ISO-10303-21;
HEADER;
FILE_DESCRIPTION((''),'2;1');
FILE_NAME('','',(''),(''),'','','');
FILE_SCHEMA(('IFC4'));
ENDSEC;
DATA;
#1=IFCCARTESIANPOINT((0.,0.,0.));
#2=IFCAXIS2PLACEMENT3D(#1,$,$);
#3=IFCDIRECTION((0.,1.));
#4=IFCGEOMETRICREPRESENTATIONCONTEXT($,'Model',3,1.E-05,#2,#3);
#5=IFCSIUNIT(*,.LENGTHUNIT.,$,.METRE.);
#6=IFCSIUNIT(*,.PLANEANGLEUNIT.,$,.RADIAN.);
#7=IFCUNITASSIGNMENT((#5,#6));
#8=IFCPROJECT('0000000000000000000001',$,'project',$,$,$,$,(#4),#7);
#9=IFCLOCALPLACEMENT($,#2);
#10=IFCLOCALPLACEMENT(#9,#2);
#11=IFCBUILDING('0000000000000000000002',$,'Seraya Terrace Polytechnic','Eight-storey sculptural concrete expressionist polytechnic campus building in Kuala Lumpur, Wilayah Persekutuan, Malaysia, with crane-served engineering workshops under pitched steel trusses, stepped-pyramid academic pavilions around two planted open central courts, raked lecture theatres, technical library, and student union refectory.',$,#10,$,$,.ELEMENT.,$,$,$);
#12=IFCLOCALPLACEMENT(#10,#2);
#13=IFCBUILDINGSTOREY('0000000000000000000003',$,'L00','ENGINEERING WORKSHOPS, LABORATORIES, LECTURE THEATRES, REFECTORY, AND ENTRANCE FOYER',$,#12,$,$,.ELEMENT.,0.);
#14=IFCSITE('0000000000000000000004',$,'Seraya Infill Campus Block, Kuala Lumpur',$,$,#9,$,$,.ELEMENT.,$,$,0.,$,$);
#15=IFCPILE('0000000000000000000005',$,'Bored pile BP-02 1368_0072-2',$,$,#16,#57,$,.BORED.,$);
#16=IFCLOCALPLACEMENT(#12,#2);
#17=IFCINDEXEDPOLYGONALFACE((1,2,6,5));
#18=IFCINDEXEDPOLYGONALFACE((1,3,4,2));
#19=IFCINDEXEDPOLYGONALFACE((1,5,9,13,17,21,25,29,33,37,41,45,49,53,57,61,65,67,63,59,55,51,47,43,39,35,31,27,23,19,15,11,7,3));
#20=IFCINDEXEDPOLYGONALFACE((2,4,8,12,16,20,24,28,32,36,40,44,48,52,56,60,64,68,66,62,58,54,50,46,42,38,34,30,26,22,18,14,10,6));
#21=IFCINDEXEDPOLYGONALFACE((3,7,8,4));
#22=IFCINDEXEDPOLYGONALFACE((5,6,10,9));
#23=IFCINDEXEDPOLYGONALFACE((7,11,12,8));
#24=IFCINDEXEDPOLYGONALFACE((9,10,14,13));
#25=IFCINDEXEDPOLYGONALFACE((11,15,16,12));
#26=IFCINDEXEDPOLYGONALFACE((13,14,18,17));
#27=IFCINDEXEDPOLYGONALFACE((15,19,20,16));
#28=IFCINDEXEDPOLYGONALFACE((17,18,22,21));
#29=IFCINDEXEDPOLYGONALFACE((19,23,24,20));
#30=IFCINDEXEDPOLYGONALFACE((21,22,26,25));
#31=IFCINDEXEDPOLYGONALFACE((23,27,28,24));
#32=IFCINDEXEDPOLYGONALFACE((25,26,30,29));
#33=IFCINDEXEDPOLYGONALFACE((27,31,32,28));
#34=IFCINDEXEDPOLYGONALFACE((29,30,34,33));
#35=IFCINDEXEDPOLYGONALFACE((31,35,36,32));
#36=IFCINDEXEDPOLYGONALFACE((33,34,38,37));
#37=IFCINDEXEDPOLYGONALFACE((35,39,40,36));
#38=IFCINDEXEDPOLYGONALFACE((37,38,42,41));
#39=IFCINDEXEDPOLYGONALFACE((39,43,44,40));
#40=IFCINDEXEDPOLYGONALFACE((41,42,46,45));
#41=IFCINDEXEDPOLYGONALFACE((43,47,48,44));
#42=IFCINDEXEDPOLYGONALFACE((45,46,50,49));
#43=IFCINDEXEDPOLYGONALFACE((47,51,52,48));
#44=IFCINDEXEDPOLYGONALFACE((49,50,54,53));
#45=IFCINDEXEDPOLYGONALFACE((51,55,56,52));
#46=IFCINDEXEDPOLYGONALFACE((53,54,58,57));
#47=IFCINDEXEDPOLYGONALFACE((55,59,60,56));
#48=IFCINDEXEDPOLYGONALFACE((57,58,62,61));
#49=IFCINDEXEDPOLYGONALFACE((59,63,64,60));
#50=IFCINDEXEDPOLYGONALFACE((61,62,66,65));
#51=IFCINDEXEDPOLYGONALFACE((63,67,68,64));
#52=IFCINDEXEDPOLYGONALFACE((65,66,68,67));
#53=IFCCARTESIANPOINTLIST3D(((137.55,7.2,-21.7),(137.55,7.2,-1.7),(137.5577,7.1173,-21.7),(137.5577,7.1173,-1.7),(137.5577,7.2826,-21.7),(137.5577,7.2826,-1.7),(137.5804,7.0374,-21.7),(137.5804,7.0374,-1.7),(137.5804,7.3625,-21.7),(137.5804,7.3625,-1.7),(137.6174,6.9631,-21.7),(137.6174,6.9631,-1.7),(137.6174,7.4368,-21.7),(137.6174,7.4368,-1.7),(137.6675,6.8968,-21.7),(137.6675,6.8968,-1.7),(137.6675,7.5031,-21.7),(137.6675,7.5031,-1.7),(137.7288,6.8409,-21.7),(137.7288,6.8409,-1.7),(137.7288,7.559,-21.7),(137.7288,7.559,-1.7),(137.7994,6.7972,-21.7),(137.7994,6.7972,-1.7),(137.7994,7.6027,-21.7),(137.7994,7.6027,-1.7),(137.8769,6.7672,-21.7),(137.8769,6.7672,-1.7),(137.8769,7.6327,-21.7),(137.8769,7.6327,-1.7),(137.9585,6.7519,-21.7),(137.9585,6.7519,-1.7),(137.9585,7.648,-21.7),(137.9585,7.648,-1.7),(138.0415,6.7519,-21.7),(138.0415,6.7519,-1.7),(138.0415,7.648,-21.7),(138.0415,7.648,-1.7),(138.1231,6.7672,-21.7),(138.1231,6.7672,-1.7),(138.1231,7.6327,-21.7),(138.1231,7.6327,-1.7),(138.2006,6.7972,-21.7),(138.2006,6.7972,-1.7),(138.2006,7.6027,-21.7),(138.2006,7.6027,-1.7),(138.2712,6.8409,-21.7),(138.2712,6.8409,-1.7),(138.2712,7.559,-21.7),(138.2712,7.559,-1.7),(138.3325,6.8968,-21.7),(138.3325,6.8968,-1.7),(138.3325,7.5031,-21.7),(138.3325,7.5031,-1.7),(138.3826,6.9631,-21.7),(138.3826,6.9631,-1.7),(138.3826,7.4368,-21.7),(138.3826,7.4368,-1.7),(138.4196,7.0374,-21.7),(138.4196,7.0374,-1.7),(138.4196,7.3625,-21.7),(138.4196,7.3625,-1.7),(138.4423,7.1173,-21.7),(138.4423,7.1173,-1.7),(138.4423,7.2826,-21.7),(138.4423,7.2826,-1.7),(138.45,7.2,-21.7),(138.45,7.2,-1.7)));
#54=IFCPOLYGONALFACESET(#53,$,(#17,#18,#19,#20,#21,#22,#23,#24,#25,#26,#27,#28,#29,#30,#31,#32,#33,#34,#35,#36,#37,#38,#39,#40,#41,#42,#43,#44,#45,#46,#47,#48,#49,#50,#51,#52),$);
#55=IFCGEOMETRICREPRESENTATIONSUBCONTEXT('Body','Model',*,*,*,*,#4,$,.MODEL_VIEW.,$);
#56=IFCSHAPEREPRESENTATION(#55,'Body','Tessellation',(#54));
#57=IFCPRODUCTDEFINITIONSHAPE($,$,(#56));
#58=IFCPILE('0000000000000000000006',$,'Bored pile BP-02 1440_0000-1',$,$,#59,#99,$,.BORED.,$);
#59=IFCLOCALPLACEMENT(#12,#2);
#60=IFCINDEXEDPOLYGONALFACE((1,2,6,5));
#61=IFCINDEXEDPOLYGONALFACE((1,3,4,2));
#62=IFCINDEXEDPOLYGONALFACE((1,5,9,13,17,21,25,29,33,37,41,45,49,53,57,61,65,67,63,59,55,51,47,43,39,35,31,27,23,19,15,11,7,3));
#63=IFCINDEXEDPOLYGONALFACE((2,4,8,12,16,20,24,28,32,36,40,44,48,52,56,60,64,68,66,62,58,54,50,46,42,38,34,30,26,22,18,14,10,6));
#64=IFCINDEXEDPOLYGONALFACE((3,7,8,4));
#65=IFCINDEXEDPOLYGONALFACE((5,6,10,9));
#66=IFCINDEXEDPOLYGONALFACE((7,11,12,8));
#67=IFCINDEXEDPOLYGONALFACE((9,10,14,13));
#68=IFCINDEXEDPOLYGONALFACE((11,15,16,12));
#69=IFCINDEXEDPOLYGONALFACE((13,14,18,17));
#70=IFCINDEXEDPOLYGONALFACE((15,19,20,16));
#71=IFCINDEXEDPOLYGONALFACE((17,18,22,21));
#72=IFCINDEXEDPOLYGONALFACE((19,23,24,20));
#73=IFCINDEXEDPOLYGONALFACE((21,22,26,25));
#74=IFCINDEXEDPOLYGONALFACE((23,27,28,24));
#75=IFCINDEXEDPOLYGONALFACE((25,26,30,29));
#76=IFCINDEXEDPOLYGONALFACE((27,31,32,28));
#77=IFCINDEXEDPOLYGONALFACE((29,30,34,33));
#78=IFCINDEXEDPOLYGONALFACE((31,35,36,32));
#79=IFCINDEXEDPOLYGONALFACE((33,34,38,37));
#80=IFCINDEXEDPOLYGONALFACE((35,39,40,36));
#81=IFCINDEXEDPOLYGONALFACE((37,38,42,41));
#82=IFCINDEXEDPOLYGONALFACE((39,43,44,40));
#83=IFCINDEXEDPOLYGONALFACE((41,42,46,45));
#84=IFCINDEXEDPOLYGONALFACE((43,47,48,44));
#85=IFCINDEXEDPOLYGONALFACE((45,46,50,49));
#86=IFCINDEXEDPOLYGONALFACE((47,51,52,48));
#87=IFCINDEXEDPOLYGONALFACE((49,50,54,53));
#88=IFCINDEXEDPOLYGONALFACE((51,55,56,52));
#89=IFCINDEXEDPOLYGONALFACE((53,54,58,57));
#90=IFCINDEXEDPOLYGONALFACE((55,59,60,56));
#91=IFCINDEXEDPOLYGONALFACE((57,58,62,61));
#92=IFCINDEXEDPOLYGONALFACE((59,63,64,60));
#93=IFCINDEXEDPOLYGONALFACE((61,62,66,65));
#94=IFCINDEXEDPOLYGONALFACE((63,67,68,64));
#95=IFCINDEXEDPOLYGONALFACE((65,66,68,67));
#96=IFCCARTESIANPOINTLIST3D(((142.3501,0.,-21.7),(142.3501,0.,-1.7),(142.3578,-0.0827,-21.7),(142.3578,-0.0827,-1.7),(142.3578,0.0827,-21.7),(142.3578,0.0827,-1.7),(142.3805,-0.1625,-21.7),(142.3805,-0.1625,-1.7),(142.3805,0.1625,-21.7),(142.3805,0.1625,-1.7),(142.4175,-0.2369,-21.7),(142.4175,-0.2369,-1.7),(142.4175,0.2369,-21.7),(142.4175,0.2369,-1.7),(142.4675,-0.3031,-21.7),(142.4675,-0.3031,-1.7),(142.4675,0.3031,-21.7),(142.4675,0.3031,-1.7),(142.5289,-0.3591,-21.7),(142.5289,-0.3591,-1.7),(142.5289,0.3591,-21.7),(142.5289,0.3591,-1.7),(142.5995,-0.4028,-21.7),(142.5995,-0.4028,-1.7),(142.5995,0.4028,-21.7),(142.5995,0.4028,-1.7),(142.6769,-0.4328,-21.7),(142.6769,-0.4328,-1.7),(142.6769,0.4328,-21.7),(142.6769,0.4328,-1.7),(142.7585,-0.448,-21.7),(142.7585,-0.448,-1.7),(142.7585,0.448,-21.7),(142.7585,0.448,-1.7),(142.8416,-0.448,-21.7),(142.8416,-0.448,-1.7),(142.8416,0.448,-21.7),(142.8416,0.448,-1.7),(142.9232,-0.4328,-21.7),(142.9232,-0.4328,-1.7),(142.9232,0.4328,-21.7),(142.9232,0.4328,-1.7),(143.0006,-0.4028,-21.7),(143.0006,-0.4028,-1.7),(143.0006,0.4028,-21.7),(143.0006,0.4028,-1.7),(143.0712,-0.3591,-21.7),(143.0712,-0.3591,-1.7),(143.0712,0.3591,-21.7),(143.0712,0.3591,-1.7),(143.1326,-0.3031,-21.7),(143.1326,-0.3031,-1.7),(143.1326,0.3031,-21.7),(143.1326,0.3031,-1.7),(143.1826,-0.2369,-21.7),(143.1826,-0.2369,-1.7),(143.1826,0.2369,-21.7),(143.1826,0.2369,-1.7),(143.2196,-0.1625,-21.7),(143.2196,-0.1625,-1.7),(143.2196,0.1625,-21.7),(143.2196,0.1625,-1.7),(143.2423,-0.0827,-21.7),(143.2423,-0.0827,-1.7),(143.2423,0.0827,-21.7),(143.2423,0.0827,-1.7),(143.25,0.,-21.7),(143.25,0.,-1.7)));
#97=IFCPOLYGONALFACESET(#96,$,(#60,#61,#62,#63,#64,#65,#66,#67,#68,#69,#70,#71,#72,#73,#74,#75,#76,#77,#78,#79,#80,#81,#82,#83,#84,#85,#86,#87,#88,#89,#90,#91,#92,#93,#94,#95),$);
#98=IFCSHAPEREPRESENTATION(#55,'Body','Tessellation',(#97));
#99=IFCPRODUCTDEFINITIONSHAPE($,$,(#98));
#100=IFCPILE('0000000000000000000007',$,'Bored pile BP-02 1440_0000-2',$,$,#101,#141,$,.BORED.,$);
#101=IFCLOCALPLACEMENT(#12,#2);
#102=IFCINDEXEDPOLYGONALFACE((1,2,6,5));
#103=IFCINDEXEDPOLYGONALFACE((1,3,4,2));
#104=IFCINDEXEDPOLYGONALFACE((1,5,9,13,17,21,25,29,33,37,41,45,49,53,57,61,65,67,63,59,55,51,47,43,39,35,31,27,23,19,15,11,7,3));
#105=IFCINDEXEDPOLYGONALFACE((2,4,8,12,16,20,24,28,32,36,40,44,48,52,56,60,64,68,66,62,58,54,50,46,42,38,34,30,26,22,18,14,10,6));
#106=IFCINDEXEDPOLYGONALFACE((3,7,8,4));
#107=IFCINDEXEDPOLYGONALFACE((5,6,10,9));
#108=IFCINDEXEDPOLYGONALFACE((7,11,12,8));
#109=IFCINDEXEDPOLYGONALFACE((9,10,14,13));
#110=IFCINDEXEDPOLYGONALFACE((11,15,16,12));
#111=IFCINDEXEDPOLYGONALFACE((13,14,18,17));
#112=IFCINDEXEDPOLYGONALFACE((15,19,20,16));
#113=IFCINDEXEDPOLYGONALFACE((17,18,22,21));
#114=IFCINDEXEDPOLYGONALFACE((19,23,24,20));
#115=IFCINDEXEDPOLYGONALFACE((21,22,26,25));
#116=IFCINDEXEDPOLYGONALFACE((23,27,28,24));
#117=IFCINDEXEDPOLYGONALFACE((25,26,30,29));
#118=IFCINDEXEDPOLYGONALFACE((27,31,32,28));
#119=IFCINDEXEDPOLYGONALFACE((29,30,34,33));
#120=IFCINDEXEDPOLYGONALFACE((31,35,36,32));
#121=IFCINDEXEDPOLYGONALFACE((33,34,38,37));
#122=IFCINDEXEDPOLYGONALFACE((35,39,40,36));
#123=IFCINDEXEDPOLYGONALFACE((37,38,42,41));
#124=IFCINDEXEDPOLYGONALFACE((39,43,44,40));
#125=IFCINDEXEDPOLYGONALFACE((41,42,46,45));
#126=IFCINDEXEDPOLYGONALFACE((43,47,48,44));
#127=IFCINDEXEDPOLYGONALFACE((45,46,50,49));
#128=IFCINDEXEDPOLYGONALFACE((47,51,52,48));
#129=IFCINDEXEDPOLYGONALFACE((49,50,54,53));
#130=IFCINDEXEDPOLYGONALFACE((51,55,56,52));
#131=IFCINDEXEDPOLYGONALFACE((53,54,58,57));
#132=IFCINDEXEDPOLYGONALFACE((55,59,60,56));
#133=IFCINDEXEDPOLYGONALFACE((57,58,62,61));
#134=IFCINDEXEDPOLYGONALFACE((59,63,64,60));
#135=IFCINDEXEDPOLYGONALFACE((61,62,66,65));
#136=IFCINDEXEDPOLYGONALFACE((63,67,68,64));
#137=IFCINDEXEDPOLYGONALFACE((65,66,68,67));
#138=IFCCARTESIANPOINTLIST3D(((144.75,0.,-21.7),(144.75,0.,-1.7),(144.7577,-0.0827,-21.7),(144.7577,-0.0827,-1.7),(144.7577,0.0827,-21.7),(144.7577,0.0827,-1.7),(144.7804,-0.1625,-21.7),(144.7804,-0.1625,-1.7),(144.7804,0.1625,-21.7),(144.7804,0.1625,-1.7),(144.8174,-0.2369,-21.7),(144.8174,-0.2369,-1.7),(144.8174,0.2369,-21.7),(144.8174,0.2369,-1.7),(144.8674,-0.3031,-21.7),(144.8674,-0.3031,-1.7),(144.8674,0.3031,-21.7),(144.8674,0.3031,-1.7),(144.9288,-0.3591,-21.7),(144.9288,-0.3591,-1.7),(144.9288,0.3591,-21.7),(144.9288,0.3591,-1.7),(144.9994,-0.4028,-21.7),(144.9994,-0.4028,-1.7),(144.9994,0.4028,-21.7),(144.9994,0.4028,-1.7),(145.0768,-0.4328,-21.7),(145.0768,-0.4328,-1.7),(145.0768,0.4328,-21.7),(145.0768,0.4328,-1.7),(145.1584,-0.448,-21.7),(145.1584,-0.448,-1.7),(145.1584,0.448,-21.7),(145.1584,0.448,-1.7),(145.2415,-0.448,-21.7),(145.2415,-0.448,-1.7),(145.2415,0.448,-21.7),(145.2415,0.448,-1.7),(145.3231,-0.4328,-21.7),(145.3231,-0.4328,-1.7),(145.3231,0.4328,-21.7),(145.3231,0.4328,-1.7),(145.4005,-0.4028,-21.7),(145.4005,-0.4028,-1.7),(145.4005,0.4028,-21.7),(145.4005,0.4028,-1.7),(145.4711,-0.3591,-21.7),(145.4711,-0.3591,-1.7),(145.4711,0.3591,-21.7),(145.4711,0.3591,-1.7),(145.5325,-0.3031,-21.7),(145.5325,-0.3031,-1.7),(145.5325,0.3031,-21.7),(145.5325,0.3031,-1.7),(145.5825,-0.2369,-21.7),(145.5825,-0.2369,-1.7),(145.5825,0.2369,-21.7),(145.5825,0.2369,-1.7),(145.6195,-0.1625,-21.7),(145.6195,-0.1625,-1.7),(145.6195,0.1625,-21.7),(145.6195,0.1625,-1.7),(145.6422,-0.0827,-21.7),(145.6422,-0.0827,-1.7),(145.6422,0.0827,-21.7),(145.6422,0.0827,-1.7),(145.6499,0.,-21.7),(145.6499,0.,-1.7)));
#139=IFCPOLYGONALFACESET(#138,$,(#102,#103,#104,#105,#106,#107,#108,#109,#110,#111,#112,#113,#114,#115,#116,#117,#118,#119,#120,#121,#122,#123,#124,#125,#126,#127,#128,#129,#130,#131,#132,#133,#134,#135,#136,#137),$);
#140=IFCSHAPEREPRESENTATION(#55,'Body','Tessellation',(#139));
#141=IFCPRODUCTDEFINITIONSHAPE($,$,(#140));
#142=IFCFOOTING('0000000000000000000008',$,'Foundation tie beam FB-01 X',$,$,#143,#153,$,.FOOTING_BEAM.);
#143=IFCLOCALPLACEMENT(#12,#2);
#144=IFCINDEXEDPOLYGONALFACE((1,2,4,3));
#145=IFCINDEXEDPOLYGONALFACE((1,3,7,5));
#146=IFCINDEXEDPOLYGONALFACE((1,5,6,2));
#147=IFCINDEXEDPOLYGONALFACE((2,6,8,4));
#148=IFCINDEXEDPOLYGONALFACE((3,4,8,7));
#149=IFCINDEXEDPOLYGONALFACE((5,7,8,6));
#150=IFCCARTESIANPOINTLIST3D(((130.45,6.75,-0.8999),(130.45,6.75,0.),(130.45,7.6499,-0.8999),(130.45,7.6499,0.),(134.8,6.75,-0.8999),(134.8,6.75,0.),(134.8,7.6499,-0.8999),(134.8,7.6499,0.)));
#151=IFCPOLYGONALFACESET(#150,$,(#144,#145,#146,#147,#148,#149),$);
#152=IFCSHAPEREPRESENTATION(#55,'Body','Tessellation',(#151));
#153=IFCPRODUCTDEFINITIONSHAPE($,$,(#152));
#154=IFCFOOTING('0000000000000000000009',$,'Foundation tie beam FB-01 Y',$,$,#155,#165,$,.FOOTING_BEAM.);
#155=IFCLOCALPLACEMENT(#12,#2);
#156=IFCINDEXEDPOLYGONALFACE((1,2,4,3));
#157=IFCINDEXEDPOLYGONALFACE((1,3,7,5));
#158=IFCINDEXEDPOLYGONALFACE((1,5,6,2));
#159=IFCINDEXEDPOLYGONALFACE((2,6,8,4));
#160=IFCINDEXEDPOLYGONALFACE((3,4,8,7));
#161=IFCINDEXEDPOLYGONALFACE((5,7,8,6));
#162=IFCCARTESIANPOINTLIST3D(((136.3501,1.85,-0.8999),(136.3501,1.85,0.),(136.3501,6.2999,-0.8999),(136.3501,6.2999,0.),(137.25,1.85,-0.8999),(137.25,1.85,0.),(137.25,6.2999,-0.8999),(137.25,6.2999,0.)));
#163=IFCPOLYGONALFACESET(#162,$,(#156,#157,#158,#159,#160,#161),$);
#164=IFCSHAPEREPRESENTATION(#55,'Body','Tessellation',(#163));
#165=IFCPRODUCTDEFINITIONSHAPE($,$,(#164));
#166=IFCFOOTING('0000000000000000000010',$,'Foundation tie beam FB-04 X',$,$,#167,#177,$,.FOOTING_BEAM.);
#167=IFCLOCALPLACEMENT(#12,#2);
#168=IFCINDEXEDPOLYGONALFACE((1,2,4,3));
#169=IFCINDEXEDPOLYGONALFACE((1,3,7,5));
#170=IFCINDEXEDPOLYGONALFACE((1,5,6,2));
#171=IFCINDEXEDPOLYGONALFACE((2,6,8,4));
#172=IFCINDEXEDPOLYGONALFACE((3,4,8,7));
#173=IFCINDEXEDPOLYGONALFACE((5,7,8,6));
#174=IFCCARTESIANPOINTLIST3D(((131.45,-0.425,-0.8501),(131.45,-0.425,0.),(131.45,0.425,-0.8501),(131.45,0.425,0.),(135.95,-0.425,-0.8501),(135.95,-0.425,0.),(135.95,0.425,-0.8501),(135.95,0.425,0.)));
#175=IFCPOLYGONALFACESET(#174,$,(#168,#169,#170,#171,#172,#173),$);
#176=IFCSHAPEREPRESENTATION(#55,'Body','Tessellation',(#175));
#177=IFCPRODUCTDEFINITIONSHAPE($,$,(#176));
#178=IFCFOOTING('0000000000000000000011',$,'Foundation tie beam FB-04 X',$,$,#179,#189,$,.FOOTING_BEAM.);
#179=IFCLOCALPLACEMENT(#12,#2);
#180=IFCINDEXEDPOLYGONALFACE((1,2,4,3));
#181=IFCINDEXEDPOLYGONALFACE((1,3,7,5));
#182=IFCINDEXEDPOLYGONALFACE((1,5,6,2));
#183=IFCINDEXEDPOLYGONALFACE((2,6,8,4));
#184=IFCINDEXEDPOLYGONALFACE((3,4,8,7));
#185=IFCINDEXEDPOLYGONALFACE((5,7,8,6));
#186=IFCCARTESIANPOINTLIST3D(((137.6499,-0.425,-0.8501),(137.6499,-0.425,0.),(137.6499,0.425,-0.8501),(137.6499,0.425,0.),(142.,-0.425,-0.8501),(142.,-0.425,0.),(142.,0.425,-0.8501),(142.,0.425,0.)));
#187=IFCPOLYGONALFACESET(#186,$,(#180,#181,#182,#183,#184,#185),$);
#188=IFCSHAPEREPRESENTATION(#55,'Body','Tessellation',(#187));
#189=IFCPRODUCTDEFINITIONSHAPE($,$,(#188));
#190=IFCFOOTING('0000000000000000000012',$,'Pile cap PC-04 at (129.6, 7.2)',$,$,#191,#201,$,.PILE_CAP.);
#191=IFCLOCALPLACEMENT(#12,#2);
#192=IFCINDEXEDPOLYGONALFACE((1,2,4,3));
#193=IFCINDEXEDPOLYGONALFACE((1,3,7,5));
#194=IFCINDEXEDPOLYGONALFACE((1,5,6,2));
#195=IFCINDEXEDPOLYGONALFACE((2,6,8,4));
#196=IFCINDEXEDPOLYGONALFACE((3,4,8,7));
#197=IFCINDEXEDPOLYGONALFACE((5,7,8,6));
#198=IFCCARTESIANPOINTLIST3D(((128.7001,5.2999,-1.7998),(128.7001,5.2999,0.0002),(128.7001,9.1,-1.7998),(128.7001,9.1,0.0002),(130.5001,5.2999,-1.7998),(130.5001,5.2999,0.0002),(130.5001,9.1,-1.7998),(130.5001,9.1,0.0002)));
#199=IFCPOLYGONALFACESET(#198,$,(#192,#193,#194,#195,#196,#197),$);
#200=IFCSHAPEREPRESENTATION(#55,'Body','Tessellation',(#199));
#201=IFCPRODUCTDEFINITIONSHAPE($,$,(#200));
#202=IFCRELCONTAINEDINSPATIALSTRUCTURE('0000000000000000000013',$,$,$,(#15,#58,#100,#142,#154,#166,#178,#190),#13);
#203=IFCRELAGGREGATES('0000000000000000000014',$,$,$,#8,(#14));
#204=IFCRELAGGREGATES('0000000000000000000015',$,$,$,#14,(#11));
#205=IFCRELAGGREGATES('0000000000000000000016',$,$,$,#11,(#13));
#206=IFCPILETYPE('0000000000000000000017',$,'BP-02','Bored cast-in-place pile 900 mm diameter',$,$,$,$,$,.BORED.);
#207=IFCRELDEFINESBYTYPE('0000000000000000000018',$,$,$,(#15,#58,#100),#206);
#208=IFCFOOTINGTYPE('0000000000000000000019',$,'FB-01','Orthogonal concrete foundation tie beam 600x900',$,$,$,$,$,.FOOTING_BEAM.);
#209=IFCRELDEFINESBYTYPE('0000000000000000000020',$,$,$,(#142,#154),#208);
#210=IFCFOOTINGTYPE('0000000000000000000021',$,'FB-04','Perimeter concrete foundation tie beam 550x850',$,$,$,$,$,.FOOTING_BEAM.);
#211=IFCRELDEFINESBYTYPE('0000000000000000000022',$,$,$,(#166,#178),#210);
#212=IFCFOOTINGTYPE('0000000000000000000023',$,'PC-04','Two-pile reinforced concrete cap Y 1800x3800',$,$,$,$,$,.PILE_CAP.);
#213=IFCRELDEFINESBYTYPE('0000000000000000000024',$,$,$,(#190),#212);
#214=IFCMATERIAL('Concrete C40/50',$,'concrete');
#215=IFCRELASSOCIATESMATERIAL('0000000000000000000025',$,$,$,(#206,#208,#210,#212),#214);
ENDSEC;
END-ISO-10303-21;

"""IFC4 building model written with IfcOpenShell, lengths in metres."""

from ifc_helpers import new_model, si_unit, direction, frame, origin, origin_2d, place, context, subcontext, project, spatial, rectangle, circle, extrude, material, material_profile, profile_set, type_object, element, save


model = new_model("IFC4")

# Units and contexts
model_context = context("Model", 3, precision=1e-05, world=origin(), true_north=direction((0.0, 1.0)))
body_context = subcontext(model_context, "Body", "Model", "MODEL_VIEW")
ifc_project = project(units=[si_unit("LENGTHUNIT", "METRE"), si_unit("PLANEANGLEUNIT", "RADIAN")], contexts=[model_context])

# Site, building, storey
site_placement = place(None, origin())
site = spatial("IfcSite", under=ifc_project, at=site_placement, Name="Seraya Infill Campus Block, Kuala Lumpur", CompositionType="ELEMENT", RefElevation=0.0)
building_placement = place(site_placement, origin())
building = spatial("IfcBuilding", under=site, at=building_placement, Name="Seraya Terrace Polytechnic", Description="Eight-storey sculptural concrete expressionist polytechnic campus building in Kuala Lumpur, Wilayah Persekutuan, Malaysia, with crane-served engineering workshops under pitched steel trusses, stepped-pyramid academic pavilions around two planted open central courts, raked lecture theatres, technical library, and student union refectory.", CompositionType="ELEMENT")
storey_placement = place(building_placement, origin())
storey = spatial("IfcBuildingStorey", under=building, at=storey_placement, Name="L00", Description="ENGINEERING WORKSHOPS, LABORATORIES, LECTURE THEATRES, REFECTORY, AND ENTRANCE FOYER", CompositionType="ELEMENT", Elevation=0.0)

# Piles
ifc_material_1 = material(Name="Concrete C40/50", Category="concrete")
ifc_material_profile_1 = material_profile(ifc_material_1, circle(Radius=0.45, at=origin_2d()), Name="DIA 900")
ifc_profile_set_1 = profile_set([ifc_material_profile_1], Name="Concrete C40/50")
pile_type = type_object("IfcPileType", Name="BP-02", Description="Bored cast-in-place pile 900 mm diameter", PredefinedType="BORED", material=ifc_profile_set_1)
for number, where, z_axis, x_axis, name in (
    (1, (138.0, 7.2, -1.7), (0.0, 0.0, -1.0), (1.0, 0.0, 0.0), "Bored pile BP-02 1368_0072-2"),
    (2, (142.8, 0.0, -1.7), (0.0, 0.0, -1.0), (1.0, 0.0, 0.0), "Bored pile BP-02 1440_0000-1"),
    (3, (145.2, 0.0, -1.7), (0.0, 0.0, -1.0), (1.0, 0.0, 0.0), "Bored pile BP-02 1440_0000-2"),
):
    element("IfcPile", number, at=place(storey_placement, frame(where, z_axis=z_axis, x_axis=x_axis)), inside=storey, type_object=pile_type, Name=name, PredefinedType="BORED", context=body_context, shape_type="SweptSolid", body=[
        extrude(circle(Radius=0.45, at=origin_2d()), origin(), (0.0, 0.0, 1.0), 20.0),
    ])

# Footings
footing_type_1 = type_object("IfcFootingType", Name="FB-01", Description="Orthogonal concrete foundation tie beam 600x900", PredefinedType="FOOTING_BEAM", material=ifc_material_1)
footing_1_placement = place(storey_placement, frame((132.625, 7.2, -0.8999), z_axis=(0.0, 0.0, 1.0), x_axis=(1.0, 0.0, 0.0)))
element("IfcFooting", 4, at=footing_1_placement, inside=storey, type_object=footing_type_1, Name="Foundation tie beam FB-01 X", PredefinedType="FOOTING_BEAM", context=body_context, shape_type="SweptSolid", body=[
    extrude(rectangle(XDim=4.3501, YDim=0.8999, at=origin_2d()), origin(), (0.0, 0.0, 1.0), 0.8999),
])
footing_2_placement = place(storey_placement, frame((136.8, 4.075, -0.8999), z_axis=(0.0, 0.0, 1.0), x_axis=(0.0, 1.0, 0.0)))
element("IfcFooting", 5, at=footing_2_placement, inside=storey, type_object=footing_type_1, Name="Foundation tie beam FB-01 Y", PredefinedType="FOOTING_BEAM", context=body_context, shape_type="SweptSolid", body=[
    extrude(rectangle(XDim=4.45, YDim=0.8999, at=origin_2d()), origin(), (0.0, 0.0, 1.0), 0.8999),
])
footing_type_2 = type_object("IfcFootingType", Name="FB-04", Description="Perimeter concrete foundation tie beam 550x850", PredefinedType="FOOTING_BEAM", material=ifc_material_1)
footing_3_placement = place(storey_placement, frame((133.7, 0.0, -0.8501), z_axis=(0.0, 0.0, 1.0), x_axis=(1.0, 0.0, 0.0)))
element("IfcFooting", 6, at=footing_3_placement, inside=storey, type_object=footing_type_2, Name="Foundation tie beam FB-04 X", PredefinedType="FOOTING_BEAM", context=body_context, shape_type="SweptSolid", body=[
    extrude(rectangle(XDim=4.5, YDim=0.8501, at=origin_2d()), origin(), (0.0, 0.0, 1.0), 0.8501),
])
footing_4_placement = place(storey_placement, frame((139.825, 0.0, -0.8501), z_axis=(0.0, 0.0, 1.0), x_axis=(1.0, 0.0, 0.0)))
element("IfcFooting", 7, at=footing_4_placement, inside=storey, type_object=footing_type_2, Name="Foundation tie beam FB-04 X", PredefinedType="FOOTING_BEAM", context=body_context, shape_type="SweptSolid", body=[
    extrude(rectangle(XDim=4.3501, YDim=0.8501, at=origin_2d()), origin(), (0.0, 0.0, 1.0), 0.8501),
])
footing_type_3 = type_object("IfcFootingType", Name="PC-04", Description="Two-pile reinforced concrete cap Y 1800x3800", PredefinedType="PILE_CAP", material=ifc_material_1)
for number, where, z_axis, x_axis, name in (
    (8, (129.6001, 7.2, -1.7998), (0.0, 0.0, 1.0), (1.0, 0.0, 0.0), "Pile cap PC-04 at (129.6, 7.2)"),
):
    element("IfcFooting", number, at=place(storey_placement, frame(where, z_axis=z_axis, x_axis=x_axis)), inside=storey, type_object=footing_type_3, Name=name, PredefinedType="PILE_CAP", context=body_context, shape_type="SweptSolid", body=[
        extrude(rectangle(XDim=1.8, YDim=3.8, at=origin_2d()), origin(), (0.0, 0.0, 1.0), 1.8),
    ])

save(model, "model.ifc")
